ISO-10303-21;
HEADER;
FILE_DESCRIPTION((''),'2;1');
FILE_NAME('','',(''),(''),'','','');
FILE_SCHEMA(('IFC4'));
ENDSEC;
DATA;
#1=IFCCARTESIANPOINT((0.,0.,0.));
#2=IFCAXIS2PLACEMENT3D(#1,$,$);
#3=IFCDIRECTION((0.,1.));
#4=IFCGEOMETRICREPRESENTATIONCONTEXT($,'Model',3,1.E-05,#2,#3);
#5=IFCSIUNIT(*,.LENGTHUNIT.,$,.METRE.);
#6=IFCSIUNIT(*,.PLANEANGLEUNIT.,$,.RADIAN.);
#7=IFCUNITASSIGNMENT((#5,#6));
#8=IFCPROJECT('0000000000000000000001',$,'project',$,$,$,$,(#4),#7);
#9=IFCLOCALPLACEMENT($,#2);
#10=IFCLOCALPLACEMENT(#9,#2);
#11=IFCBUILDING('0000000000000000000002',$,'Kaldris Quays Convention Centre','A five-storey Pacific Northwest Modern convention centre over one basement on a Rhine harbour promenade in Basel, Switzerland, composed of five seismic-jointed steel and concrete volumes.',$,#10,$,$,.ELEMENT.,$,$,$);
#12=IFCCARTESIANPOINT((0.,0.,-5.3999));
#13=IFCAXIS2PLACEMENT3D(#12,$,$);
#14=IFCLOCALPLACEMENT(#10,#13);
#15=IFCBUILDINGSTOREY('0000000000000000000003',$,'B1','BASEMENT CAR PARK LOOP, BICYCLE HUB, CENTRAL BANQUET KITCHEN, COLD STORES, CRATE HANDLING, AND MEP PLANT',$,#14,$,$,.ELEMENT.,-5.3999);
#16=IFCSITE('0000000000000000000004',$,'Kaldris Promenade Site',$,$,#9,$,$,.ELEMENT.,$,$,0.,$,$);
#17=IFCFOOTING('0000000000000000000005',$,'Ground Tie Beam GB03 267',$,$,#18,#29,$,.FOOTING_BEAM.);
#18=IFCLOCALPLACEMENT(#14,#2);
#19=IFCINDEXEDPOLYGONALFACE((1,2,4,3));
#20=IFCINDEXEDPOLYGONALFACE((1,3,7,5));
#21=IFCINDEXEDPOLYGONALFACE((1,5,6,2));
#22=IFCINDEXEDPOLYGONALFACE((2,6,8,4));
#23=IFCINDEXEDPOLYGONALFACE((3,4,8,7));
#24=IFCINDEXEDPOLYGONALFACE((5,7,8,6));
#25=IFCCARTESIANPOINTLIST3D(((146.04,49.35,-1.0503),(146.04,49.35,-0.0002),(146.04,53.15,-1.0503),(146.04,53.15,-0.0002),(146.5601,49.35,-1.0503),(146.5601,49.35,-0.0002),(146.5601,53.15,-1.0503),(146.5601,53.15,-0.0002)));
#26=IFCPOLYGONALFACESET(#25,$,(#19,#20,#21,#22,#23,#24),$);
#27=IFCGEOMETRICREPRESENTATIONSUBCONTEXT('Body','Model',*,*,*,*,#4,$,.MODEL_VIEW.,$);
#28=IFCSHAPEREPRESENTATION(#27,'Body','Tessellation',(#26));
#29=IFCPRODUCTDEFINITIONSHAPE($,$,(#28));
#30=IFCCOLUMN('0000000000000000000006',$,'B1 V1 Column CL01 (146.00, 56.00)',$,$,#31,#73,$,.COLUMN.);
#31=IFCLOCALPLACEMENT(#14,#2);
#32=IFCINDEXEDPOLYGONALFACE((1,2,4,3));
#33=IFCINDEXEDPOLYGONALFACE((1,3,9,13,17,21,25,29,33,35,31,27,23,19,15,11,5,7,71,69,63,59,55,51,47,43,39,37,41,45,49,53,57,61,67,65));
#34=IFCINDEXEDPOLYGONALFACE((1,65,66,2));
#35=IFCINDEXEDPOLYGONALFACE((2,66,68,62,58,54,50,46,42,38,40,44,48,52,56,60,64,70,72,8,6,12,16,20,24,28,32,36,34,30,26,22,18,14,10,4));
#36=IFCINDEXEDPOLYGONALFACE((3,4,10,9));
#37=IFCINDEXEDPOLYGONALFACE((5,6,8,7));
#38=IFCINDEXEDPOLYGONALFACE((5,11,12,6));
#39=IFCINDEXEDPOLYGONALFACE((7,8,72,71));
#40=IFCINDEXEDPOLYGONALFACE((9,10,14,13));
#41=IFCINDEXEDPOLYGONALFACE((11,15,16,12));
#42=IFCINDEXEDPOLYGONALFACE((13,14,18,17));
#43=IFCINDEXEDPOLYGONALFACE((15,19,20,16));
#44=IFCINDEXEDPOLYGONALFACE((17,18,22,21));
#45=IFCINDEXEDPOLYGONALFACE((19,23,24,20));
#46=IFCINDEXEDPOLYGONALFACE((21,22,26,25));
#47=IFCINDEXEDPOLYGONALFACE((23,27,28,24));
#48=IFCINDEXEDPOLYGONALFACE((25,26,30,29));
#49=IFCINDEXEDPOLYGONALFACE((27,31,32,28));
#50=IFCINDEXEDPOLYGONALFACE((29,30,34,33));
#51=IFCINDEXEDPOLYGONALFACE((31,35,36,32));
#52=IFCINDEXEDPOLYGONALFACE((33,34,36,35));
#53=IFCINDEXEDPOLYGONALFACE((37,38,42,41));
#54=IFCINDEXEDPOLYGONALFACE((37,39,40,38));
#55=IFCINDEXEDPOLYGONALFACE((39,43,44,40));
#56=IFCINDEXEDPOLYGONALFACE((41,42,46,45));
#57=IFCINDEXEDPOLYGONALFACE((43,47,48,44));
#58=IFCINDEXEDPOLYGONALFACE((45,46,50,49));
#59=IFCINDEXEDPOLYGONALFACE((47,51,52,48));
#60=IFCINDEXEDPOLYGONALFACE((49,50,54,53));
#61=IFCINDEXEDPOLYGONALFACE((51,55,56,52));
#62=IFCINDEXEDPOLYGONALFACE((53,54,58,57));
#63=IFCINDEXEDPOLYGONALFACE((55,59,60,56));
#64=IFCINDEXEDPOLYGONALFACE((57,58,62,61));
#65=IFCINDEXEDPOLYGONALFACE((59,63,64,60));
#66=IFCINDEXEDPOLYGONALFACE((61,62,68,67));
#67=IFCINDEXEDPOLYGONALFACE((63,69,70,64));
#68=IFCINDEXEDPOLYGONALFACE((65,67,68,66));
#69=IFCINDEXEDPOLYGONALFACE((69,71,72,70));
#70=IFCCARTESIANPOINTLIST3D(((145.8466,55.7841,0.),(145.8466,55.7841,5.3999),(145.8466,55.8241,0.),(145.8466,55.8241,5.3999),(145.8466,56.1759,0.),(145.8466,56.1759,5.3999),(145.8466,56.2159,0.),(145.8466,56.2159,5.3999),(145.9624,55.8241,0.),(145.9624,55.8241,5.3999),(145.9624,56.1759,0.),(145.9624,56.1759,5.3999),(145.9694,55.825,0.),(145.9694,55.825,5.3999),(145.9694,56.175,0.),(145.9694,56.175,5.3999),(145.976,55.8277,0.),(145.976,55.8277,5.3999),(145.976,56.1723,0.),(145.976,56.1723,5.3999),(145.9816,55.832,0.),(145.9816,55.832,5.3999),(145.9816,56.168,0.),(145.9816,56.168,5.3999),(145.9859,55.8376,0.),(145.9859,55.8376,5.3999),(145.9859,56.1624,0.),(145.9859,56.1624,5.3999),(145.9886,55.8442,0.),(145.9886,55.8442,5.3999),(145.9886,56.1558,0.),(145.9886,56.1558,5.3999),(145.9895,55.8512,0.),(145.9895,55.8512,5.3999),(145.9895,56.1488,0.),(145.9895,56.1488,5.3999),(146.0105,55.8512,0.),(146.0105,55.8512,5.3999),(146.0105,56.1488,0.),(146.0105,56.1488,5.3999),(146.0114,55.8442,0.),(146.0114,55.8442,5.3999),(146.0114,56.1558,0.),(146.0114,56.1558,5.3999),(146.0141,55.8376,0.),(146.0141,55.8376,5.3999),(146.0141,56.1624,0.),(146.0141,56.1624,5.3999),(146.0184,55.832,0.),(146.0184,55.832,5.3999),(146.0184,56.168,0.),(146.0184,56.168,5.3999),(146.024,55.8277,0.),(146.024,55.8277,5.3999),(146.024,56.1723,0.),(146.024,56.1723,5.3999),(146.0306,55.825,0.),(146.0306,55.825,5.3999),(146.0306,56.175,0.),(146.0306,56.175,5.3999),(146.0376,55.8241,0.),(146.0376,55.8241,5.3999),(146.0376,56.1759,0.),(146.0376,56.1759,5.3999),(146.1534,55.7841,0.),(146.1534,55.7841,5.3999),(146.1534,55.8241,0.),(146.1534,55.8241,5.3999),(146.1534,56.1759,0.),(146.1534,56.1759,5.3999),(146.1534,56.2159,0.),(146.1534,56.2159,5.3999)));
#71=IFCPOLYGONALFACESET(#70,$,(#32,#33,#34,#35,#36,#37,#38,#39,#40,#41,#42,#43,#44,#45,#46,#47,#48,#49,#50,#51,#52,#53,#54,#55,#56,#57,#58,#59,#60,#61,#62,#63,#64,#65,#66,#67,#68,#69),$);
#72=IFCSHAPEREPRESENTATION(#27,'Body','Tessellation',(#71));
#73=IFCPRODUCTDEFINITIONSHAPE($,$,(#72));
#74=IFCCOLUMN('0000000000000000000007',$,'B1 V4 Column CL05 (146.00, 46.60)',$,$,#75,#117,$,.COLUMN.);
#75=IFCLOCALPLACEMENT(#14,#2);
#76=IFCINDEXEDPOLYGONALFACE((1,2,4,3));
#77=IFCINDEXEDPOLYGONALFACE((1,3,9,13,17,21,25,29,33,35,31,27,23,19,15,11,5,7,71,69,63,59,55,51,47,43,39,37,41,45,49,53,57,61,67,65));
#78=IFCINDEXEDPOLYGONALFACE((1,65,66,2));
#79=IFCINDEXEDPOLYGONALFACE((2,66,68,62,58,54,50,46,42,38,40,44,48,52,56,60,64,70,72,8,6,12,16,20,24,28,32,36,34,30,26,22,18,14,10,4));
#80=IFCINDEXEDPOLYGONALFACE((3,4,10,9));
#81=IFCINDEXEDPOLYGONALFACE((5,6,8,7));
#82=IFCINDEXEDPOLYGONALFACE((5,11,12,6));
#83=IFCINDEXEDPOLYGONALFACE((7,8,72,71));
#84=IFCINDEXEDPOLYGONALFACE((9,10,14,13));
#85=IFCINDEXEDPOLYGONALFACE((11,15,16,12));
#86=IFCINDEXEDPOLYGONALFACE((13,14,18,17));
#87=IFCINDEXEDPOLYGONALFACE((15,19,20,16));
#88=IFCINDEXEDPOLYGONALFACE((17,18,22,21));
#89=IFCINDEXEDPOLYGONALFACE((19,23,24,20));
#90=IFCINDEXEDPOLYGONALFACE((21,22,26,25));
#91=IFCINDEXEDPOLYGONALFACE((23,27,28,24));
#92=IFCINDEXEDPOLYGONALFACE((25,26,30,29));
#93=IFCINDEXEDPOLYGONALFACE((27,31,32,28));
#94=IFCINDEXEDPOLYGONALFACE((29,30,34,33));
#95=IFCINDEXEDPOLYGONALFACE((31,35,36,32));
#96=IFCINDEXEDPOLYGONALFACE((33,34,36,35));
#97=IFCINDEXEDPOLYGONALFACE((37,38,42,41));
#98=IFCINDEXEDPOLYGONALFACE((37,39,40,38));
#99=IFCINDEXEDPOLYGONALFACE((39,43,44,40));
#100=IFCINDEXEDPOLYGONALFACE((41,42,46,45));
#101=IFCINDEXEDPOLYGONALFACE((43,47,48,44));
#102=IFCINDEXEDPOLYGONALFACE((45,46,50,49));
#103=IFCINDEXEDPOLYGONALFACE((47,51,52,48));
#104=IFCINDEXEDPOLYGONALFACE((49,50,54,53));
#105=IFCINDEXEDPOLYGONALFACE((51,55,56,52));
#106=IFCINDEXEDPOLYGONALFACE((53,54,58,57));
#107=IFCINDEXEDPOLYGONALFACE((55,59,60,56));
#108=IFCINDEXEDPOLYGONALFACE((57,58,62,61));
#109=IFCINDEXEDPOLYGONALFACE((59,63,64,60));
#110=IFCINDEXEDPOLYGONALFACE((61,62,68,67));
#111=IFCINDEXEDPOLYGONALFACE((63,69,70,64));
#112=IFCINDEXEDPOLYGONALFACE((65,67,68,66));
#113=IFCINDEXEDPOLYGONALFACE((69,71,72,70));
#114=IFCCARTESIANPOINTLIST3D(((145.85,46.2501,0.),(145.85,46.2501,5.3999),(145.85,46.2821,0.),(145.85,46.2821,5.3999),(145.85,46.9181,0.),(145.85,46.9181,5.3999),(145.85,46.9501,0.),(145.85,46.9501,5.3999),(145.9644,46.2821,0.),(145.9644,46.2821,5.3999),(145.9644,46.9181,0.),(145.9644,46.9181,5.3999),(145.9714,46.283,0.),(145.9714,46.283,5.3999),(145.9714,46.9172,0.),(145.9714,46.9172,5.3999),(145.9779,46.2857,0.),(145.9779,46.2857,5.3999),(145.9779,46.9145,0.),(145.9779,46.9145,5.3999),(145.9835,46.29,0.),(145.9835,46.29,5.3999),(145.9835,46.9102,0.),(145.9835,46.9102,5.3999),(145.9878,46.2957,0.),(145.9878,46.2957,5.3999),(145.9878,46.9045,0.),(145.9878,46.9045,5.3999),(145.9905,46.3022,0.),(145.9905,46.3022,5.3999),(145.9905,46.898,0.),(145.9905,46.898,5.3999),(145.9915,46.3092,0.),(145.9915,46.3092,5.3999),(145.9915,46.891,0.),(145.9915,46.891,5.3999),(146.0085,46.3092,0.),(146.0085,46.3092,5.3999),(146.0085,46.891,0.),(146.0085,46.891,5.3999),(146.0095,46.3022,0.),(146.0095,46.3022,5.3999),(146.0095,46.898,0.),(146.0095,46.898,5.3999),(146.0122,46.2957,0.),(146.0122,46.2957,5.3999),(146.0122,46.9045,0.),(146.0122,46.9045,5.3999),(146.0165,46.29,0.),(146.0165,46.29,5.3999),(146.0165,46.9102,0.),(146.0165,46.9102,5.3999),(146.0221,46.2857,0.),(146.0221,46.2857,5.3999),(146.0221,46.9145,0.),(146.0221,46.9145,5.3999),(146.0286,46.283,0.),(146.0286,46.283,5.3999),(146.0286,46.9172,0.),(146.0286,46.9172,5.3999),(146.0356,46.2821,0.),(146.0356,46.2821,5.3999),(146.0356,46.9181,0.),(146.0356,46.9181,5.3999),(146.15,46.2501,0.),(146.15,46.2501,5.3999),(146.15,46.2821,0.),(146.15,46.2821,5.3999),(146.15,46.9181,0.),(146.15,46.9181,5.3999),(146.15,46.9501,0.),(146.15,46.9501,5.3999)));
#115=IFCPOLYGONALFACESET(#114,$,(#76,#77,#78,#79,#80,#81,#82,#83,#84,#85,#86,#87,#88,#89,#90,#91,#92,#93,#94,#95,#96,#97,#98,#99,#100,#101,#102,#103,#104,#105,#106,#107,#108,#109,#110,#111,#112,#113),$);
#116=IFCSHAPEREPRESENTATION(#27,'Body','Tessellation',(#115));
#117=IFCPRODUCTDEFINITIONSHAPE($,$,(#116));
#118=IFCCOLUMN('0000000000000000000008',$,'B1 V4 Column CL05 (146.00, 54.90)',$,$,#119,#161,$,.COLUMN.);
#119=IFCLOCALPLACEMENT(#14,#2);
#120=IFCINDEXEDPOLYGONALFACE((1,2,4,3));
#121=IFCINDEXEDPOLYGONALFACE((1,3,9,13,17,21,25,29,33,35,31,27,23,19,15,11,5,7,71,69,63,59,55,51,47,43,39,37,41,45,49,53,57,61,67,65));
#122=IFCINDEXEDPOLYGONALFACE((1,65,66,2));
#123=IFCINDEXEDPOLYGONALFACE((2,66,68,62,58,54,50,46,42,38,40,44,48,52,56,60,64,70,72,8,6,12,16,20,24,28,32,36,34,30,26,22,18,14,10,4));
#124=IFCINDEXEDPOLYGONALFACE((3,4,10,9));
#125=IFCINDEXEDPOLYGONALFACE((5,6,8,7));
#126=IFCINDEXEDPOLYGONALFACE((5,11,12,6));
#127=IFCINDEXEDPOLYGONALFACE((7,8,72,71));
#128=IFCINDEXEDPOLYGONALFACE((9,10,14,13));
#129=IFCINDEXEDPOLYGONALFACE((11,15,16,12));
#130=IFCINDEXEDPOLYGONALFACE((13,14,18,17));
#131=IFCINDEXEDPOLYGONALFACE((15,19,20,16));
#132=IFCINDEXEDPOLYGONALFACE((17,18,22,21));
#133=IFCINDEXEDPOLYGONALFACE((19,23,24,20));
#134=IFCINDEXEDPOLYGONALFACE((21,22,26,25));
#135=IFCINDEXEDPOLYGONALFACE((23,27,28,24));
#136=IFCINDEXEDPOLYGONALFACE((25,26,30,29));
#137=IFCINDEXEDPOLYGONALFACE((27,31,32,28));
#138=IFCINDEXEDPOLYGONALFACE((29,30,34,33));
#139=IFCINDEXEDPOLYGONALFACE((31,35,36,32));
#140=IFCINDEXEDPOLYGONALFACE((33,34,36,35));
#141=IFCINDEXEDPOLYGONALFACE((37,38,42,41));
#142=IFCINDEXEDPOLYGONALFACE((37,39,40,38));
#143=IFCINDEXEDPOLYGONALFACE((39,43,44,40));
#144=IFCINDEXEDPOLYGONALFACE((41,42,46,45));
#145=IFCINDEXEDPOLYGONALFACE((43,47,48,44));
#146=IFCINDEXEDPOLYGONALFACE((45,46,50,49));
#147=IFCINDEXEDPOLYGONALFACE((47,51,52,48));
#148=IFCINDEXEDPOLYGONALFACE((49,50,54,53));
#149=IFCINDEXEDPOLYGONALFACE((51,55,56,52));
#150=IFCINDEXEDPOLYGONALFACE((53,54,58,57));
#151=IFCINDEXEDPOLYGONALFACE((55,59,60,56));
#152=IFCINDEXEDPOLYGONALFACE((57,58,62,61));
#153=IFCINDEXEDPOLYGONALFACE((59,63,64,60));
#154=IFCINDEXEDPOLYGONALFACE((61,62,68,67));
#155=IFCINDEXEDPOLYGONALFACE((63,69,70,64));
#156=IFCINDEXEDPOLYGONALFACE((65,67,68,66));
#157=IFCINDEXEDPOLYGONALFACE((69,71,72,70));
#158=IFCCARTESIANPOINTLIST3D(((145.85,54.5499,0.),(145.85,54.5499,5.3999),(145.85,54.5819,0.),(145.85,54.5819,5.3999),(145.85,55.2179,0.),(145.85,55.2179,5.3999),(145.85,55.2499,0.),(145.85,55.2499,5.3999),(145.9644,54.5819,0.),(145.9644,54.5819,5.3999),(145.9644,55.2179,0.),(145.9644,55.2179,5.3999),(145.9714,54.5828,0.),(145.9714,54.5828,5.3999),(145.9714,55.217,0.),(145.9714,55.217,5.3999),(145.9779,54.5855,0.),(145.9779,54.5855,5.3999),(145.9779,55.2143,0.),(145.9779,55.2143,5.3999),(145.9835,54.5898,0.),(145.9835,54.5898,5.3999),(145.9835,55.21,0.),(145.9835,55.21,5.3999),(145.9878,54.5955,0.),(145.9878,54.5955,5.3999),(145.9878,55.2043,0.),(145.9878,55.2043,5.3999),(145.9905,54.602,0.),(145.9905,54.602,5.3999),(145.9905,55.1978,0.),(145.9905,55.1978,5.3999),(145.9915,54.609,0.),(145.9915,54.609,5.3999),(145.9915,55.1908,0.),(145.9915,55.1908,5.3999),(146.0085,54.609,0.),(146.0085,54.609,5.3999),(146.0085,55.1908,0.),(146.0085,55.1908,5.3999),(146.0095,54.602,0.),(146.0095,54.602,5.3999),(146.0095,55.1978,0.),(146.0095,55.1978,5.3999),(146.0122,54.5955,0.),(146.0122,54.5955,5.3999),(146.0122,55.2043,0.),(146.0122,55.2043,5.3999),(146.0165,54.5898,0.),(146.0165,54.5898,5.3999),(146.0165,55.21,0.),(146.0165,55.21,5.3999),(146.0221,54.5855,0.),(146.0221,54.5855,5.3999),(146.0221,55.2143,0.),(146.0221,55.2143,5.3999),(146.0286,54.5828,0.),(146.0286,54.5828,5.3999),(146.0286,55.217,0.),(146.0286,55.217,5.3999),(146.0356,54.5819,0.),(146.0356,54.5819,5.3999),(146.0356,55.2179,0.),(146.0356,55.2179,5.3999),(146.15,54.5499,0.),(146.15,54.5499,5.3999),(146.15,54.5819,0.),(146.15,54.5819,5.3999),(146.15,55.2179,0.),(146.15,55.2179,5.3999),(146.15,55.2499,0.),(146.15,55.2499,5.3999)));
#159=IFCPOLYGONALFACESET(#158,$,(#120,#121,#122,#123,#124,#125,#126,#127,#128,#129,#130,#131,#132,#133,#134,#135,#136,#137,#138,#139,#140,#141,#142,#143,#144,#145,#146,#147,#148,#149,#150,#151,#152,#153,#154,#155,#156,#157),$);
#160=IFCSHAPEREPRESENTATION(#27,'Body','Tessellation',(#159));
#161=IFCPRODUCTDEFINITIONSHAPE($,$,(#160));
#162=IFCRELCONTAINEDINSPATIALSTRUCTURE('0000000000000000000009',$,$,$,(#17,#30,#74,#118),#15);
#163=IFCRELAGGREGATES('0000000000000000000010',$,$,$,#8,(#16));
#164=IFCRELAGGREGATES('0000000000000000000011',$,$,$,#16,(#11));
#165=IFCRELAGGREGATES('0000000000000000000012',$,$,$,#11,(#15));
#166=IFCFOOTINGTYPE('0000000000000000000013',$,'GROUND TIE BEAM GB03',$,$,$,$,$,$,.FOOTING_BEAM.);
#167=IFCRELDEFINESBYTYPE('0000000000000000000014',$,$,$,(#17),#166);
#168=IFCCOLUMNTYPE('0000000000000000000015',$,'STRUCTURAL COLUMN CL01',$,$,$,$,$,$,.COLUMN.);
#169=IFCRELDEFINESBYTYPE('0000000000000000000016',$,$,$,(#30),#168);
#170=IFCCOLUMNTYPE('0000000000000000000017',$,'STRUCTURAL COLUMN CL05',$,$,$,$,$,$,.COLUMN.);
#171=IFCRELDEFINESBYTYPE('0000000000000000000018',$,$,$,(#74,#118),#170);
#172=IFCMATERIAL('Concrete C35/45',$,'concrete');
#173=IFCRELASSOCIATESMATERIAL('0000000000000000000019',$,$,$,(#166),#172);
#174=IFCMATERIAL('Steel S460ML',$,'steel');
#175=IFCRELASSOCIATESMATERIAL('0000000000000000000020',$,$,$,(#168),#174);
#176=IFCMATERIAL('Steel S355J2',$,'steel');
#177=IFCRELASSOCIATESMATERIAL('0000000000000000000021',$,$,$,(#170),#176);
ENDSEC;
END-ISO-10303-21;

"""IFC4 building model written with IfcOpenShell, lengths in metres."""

from ifc_helpers import new_model, si_unit, direction, frame, origin, origin_2d, place, context, subcontext, project, spatial, rectangle, i_section, extrude, material, material_profile, profile_set, type_object, element, save


model = new_model("IFC4")

# Units and contexts
model_context = context("Model", 3, precision=1e-05, world=origin(), true_north=direction((0.0, 1.0)))
body_context = subcontext(model_context, "Body", "Model", "MODEL_VIEW")
ifc_project = project(units=[si_unit("LENGTHUNIT", "METRE"), si_unit("PLANEANGLEUNIT", "RADIAN")], contexts=[model_context])

# Site, building, storey
site_placement = place(None, origin())
site = spatial("IfcSite", under=ifc_project, at=site_placement, Name="Kaldris Promenade Site", CompositionType="ELEMENT", RefElevation=0.0)
building_placement = place(site_placement, origin())
building = spatial("IfcBuilding", under=site, at=building_placement, Name="Kaldris Quays Convention Centre", Description="A five-storey Pacific Northwest Modern convention centre over one basement on a Rhine harbour promenade in Basel, Switzerland, composed of five seismic-jointed steel and concrete volumes.", CompositionType="ELEMENT")
storey_placement = place(building_placement, frame((0.0, 0.0, -5.3999)))
storey = spatial("IfcBuildingStorey", under=building, at=storey_placement, Name="B1", Description="BASEMENT CAR PARK LOOP, BICYCLE HUB, CENTRAL BANQUET KITCHEN, COLD STORES, CRATE HANDLING, AND MEP PLANT", CompositionType="ELEMENT", Elevation=-5.3999)

# Shared definitions
ifc_material_1 = material(Name="Concrete C35/45", Category="concrete")

# Footing
footing_type_1 = type_object("IfcFootingType", Name="GROUND TIE BEAM GB03", PredefinedType="FOOTING_BEAM", material=ifc_material_1)
footing_1_placement = place(storey_placement, frame((146.3, 51.25, -1.0503), z_axis=(0.0, 0.0, 1.0), x_axis=(1.0, 0.0, 0.0)))
element("IfcFooting", 1, at=footing_1_placement, inside=storey, type_object=footing_type_1, Name="Ground Tie Beam GB03 267", PredefinedType="FOOTING_BEAM", context=body_context, shape_type="SweptSolid", body=[
    extrude(rectangle(XDim=0.52, YDim=3.8, at=origin_2d()), origin(), (0.0, 0.0, 1.0), 1.05),
])

# Columns
ifc_material_2 = material(Name="Steel S460ML", Category="steel")
ifc_material_profile_1 = material_profile(ifc_material_2, i_section(OverallWidth=0.3069, OverallDepth=0.4319, WebThickness=0.021, FlangeThickness=0.04, FilletRadius=0.0271, at=origin_2d()), Name="HEM 400")
ifc_profile_set_1 = profile_set([ifc_material_profile_1], Name="Steel S460ML")
column_type_1 = type_object("IfcColumnType", Name="STRUCTURAL COLUMN CL01", PredefinedType="COLUMN", material=ifc_profile_set_1)
column_placement = place(storey_placement, frame((146.0, 56.0, 0.0), z_axis=(0.0, 0.0, 1.0), x_axis=(1.0, 0.0, 0.0)))
element("IfcColumn", 2, at=column_placement, inside=storey, type_object=column_type_1, Name="B1 V1 Column CL01 (146.00, 56.00)", PredefinedType="COLUMN", context=body_context, shape_type="SweptSolid", body=[
    extrude(i_section(OverallWidth=0.3069, OverallDepth=0.4319, WebThickness=0.021, FlangeThickness=0.04, FilletRadius=0.0271, at=origin_2d()), origin(), (0.0, 0.0, 1.0), 5.3999),
])
ifc_material_3 = material(Name="Steel S355J2", Category="steel")
ifc_material_profile_2 = material_profile(ifc_material_3, i_section(OverallWidth=0.3, OverallDepth=0.7, WebThickness=0.0171, FlangeThickness=0.032, FilletRadius=0.0271, at=origin_2d()), Name="HEB 700")
ifc_profile_set_2 = profile_set([ifc_material_profile_2], Name="Steel S355J2")
column_type_2 = type_object("IfcColumnType", Name="STRUCTURAL COLUMN CL05", PredefinedType="COLUMN", material=ifc_profile_set_2)
for number, where, z_axis, x_axis, name in (
    (3, (146.0, 46.6001, 0.0), (0.0, 0.0, 1.0), (1.0, 0.0, 0.0), "B1 V4 Column CL05 (146.00, 46.60)"),
    (4, (146.0, 54.8999, 0.0), (0.0, 0.0, 1.0), (1.0, 0.0, 0.0), "B1 V4 Column CL05 (146.00, 54.90)"),
):
    element("IfcColumn", number, at=place(storey_placement, frame(where, z_axis=z_axis, x_axis=x_axis)), inside=storey, type_object=column_type_2, Name=name, PredefinedType="COLUMN", context=body_context, shape_type="SweptSolid", body=[
        extrude(i_section(OverallWidth=0.3, OverallDepth=0.7, WebThickness=0.0171, FlangeThickness=0.032, FilletRadius=0.0271, at=origin_2d()), origin(), (0.0, 0.0, 1.0), 5.3999),
    ])

save(model, "model.ifc")
